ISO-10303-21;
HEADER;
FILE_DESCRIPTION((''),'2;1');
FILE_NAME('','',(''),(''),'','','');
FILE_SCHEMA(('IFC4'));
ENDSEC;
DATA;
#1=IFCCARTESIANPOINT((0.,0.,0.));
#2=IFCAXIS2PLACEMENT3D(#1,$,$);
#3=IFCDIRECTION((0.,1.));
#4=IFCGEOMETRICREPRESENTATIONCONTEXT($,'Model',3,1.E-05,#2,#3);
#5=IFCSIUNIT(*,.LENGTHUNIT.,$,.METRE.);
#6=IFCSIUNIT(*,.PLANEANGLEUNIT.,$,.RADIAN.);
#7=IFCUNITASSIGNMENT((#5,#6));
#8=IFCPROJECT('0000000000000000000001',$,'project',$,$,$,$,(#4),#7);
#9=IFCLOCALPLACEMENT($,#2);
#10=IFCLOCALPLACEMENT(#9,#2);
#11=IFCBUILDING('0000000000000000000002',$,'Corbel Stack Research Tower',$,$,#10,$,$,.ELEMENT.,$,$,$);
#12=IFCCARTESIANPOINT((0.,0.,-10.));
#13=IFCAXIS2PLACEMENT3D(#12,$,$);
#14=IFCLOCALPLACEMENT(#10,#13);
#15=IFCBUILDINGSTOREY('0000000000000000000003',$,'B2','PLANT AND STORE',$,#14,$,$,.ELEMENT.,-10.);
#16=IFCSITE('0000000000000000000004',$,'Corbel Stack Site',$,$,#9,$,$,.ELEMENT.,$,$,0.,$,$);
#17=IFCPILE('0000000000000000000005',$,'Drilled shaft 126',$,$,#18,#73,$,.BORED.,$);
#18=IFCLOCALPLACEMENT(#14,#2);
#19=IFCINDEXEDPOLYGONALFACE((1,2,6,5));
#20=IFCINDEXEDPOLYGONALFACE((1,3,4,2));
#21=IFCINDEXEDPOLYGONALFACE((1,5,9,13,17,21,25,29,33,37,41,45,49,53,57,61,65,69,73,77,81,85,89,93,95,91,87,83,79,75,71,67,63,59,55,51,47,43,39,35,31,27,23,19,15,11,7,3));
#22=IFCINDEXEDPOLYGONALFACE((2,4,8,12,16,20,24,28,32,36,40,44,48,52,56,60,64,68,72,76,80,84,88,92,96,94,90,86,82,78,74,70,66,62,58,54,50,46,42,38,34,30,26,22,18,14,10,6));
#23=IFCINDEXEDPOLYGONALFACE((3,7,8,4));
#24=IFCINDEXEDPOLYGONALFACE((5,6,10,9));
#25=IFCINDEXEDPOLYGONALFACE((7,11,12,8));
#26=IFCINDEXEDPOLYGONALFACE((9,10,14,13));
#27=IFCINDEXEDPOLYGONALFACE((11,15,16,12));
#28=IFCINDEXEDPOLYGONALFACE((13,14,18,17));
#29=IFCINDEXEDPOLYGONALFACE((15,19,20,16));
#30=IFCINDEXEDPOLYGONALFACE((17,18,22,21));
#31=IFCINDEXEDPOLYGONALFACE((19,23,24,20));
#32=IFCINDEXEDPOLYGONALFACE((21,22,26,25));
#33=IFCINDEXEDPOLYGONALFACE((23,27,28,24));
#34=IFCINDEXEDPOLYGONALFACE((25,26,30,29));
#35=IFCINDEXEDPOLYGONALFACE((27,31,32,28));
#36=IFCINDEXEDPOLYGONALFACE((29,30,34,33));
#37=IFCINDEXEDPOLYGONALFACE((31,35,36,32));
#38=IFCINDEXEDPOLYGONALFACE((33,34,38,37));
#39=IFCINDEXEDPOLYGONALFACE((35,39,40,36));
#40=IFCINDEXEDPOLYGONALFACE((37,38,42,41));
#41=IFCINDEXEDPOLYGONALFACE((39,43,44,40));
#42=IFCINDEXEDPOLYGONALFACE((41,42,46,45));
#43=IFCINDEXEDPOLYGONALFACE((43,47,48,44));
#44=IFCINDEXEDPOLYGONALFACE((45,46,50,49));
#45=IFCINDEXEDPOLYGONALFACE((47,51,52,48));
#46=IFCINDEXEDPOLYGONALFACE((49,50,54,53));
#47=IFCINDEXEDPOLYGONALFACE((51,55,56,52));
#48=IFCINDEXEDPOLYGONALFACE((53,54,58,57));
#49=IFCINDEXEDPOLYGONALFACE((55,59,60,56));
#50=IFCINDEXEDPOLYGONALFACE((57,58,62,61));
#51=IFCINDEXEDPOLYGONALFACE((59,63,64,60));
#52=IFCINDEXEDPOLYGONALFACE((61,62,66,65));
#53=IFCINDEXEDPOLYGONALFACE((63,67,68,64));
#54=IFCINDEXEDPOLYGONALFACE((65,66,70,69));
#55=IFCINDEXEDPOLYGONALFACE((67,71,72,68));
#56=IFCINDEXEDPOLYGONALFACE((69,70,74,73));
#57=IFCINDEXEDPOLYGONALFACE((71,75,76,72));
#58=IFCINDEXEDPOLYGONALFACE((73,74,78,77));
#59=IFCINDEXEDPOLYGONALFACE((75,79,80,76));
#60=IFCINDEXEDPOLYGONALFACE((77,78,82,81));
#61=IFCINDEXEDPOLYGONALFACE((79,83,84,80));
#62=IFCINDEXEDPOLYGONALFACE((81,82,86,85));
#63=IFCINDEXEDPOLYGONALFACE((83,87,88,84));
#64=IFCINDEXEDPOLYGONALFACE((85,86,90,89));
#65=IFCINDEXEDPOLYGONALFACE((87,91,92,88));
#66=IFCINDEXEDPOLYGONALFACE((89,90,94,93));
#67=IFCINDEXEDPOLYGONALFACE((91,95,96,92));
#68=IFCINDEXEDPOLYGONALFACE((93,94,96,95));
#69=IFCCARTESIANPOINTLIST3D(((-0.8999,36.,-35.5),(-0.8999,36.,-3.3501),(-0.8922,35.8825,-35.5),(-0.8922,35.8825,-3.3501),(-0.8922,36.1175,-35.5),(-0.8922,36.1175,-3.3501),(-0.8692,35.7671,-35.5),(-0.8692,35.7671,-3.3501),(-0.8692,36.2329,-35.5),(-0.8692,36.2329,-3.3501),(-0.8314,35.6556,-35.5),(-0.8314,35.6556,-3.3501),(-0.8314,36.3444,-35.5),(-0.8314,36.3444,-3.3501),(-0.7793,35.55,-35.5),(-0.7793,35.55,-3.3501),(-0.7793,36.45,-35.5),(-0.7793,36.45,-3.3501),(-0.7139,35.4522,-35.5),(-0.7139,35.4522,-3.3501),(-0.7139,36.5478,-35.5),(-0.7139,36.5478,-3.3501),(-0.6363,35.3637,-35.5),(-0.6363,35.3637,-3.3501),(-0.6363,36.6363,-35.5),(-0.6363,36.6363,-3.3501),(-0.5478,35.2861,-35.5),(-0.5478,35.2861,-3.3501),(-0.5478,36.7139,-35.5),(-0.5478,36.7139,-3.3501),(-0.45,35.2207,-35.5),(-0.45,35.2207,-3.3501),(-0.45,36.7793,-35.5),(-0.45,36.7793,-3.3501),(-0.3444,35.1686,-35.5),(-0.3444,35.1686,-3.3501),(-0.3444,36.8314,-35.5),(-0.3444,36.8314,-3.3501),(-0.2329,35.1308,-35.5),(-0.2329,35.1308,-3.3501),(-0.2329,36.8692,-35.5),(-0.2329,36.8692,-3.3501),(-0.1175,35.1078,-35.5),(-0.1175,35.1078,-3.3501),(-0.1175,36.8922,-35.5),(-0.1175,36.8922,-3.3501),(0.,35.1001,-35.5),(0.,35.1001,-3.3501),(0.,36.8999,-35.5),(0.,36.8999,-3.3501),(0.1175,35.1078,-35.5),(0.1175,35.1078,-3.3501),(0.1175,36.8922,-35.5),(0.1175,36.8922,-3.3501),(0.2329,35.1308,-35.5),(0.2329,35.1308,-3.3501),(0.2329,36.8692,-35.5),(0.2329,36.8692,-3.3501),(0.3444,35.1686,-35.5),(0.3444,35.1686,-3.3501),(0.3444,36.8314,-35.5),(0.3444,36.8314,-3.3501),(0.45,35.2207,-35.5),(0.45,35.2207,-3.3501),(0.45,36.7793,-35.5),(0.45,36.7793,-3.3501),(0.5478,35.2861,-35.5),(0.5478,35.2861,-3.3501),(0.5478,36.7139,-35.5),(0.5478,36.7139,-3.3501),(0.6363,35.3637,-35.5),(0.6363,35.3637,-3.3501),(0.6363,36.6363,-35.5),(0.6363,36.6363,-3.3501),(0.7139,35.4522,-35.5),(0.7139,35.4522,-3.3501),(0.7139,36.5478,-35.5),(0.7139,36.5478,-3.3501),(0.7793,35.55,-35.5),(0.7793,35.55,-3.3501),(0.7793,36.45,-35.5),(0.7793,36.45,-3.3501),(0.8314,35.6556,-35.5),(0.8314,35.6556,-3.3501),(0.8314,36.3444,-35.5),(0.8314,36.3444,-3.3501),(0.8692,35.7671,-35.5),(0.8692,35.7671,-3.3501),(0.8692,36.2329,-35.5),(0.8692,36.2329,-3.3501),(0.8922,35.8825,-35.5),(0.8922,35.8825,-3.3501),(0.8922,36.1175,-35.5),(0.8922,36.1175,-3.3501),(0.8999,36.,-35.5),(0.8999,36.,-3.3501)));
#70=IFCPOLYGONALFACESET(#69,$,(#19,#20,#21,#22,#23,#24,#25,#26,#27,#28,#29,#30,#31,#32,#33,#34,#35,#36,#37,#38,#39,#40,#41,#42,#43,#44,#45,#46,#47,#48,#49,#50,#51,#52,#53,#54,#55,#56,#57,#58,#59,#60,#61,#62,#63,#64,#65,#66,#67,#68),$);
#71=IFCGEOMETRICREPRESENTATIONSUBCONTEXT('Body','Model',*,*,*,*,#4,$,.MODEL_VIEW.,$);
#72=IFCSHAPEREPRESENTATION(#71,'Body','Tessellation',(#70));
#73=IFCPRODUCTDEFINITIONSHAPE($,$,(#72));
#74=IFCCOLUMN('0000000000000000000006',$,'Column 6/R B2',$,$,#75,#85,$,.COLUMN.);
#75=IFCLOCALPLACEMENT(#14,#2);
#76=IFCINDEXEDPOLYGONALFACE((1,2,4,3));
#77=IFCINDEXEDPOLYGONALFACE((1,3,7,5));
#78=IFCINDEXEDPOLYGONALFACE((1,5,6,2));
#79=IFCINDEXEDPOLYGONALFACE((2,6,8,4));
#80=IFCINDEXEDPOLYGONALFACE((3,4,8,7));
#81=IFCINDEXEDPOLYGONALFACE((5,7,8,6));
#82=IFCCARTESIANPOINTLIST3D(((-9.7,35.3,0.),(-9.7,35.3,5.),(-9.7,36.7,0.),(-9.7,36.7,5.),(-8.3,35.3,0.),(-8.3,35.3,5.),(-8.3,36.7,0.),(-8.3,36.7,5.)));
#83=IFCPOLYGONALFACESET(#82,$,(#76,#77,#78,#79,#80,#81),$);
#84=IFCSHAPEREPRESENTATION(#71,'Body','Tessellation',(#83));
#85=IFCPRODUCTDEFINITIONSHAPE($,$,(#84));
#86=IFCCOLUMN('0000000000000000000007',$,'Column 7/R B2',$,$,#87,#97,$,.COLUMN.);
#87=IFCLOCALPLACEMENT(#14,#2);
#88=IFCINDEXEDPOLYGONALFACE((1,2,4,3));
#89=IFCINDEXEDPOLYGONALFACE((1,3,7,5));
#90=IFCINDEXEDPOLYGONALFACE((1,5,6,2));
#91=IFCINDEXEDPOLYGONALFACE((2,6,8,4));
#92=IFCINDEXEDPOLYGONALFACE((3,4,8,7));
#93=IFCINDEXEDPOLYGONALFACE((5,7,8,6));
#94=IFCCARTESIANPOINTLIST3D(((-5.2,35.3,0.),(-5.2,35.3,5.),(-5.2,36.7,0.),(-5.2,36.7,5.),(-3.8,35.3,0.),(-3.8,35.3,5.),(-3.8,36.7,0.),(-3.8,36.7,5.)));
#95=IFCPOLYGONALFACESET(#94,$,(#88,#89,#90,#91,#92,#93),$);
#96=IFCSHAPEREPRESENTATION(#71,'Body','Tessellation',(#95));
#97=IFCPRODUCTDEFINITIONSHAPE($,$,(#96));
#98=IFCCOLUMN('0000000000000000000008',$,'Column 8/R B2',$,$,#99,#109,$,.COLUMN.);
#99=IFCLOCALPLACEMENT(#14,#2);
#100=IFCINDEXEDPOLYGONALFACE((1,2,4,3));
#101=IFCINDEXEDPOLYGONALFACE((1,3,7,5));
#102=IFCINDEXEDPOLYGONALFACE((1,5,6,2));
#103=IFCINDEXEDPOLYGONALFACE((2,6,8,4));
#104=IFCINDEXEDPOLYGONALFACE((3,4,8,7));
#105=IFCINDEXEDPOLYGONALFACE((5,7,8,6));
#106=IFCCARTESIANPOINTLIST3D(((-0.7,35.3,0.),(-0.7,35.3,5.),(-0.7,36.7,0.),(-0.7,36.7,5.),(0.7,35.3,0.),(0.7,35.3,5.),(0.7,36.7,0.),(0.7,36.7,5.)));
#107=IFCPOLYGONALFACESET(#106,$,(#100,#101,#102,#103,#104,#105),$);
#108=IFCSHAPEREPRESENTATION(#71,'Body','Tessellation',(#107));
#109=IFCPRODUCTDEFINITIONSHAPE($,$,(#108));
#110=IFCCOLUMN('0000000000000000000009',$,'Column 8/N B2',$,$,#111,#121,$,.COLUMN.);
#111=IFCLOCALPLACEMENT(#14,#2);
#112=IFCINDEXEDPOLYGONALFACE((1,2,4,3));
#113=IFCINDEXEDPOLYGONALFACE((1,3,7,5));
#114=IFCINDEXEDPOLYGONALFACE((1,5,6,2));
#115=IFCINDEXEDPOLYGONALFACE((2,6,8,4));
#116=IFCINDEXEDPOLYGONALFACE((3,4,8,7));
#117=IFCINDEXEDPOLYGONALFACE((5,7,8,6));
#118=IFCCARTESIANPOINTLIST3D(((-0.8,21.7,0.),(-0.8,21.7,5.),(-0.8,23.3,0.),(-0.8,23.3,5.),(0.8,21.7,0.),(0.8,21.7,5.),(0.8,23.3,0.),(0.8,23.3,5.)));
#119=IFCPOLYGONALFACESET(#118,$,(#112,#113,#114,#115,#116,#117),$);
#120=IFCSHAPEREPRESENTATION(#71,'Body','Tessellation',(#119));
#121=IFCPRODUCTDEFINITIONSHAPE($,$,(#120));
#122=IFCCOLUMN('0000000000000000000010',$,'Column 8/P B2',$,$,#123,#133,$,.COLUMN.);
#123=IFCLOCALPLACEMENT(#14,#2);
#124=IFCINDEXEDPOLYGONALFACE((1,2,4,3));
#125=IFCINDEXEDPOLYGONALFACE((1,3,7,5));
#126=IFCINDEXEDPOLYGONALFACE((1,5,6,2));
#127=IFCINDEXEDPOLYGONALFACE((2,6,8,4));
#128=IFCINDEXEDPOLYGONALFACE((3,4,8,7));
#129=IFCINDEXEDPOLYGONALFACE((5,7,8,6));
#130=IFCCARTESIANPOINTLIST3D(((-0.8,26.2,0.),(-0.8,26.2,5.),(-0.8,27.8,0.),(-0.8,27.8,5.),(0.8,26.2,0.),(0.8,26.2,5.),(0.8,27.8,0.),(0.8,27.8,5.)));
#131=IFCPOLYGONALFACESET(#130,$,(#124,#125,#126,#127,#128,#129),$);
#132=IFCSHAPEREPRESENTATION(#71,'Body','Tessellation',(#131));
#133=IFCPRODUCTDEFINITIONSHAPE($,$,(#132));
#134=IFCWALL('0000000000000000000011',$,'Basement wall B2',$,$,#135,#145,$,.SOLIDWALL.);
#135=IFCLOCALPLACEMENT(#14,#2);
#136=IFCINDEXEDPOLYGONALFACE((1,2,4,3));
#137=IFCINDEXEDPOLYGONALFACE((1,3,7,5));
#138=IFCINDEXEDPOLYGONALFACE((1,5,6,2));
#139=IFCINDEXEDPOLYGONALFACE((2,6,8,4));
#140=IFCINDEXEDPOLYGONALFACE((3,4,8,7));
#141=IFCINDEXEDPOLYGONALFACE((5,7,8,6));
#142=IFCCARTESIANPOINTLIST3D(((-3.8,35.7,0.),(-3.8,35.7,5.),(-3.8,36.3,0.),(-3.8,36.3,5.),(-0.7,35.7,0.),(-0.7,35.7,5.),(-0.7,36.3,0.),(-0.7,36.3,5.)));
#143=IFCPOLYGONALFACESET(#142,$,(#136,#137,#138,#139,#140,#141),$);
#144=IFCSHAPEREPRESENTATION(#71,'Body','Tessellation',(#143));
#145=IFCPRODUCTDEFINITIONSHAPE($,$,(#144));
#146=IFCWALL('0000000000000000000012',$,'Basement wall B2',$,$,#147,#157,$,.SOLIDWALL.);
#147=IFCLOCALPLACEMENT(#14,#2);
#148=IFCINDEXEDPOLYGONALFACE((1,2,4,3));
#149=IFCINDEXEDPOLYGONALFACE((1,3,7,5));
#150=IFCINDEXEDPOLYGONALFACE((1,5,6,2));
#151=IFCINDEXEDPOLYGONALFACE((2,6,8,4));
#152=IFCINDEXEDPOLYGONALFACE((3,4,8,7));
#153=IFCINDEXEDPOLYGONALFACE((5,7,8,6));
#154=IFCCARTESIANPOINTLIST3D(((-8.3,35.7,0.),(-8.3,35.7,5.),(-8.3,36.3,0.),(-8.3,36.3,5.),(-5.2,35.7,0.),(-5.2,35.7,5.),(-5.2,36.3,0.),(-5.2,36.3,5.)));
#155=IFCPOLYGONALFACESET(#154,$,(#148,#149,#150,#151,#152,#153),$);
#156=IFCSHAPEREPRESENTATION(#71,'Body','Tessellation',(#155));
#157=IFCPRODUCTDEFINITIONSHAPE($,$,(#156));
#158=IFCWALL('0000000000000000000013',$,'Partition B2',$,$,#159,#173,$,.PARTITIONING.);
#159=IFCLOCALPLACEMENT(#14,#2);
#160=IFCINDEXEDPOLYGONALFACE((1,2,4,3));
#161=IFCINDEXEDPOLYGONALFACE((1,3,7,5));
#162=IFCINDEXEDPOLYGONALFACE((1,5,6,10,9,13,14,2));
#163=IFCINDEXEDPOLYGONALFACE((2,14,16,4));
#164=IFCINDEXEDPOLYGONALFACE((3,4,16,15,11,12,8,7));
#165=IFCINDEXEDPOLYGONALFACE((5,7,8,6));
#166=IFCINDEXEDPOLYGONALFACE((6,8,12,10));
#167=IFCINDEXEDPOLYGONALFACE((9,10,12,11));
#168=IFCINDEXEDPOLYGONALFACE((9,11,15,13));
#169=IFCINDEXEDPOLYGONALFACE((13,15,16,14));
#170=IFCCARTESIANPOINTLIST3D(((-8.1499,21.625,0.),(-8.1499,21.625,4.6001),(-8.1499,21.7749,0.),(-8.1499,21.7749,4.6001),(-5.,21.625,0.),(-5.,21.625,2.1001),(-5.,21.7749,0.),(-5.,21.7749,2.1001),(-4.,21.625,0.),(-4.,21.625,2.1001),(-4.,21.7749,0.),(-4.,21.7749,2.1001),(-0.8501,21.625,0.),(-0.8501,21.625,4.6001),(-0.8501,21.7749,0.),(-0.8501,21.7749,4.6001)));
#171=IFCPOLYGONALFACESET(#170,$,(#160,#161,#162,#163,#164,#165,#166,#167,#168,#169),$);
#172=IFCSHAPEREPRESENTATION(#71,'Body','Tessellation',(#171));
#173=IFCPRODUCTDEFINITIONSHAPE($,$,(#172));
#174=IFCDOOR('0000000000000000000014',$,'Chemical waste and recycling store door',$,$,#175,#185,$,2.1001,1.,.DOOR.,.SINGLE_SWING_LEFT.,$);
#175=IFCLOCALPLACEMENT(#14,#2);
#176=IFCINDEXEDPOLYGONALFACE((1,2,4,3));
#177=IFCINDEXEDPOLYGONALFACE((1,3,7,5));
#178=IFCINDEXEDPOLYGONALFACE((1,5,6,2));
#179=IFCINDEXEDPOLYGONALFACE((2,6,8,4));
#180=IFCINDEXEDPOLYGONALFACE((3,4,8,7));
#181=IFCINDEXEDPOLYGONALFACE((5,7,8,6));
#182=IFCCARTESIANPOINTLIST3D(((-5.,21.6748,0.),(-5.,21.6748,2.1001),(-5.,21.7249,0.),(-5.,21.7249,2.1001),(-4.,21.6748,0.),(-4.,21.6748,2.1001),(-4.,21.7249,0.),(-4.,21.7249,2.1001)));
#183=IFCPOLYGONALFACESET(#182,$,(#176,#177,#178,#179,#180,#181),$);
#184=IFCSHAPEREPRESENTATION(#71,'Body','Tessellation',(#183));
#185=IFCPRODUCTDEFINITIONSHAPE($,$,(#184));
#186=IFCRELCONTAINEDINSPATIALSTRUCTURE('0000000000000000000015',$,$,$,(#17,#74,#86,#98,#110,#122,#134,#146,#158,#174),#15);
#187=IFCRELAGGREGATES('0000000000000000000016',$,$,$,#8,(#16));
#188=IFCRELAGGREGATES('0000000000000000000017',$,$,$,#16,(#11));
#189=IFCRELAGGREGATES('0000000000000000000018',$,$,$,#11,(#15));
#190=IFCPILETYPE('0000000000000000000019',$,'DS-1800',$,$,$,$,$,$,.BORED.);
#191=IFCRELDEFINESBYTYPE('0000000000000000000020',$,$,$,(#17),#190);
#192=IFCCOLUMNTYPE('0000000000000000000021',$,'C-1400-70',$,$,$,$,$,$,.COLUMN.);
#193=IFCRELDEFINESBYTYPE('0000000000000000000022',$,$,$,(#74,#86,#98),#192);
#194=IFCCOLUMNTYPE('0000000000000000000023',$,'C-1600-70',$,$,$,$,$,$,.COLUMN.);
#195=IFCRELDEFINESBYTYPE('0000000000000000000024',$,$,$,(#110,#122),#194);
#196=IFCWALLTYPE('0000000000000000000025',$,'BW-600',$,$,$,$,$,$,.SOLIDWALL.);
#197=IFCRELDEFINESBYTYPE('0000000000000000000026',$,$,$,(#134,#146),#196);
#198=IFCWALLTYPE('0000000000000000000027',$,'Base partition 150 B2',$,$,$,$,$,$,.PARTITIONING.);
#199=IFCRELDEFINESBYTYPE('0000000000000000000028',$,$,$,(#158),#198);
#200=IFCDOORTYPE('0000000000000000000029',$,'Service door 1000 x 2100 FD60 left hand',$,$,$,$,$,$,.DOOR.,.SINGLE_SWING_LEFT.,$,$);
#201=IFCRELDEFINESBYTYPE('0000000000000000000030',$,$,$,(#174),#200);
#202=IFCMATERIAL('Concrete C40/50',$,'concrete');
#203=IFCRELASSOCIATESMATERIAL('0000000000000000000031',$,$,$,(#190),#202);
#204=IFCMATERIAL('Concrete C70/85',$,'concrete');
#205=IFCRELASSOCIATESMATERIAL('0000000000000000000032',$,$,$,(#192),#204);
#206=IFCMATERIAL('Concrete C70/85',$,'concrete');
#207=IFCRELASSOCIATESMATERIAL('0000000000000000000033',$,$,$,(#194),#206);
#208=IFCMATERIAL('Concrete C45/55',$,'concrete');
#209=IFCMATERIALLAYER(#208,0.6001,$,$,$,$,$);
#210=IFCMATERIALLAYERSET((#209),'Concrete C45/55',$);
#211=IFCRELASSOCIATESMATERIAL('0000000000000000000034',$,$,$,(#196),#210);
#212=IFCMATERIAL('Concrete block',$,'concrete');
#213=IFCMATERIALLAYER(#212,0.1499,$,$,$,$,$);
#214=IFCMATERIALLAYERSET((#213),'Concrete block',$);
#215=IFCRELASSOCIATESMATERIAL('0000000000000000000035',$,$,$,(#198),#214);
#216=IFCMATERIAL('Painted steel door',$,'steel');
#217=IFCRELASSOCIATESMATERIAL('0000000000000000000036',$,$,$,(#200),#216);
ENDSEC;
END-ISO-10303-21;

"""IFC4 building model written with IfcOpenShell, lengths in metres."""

from ifc_helpers import new_model, si_unit, direction, frame, frame_2d, origin, origin_2d, place, context, subcontext, project, spatial, rectangle, circle, extrude, material, layer, layer_set, material_profile, profile_set, type_object, element, fill, save


model = new_model("IFC4")

# Units and contexts
model_context = context("Model", 3, precision=1e-05, world=origin(), true_north=direction((0.0, 1.0)))
body_context = subcontext(model_context, "Body", "Model", "MODEL_VIEW")
ifc_project = project(units=[si_unit("LENGTHUNIT", "METRE"), si_unit("PLANEANGLEUNIT", "RADIAN")], contexts=[model_context])

# Site, building, storey
site_placement = place(None, origin())
site = spatial("IfcSite", under=ifc_project, at=site_placement, Name="Corbel Stack Site", CompositionType="ELEMENT", RefElevation=0.0)
building_placement = place(site_placement, origin())
building = spatial("IfcBuilding", under=site, at=building_placement, Name="Corbel Stack Research Tower", CompositionType="ELEMENT")
storey_placement = place(building_placement, frame((0.0, 0.0, -10.0)))
storey = spatial("IfcBuildingStorey", under=building, at=storey_placement, Name="B2", Description="PLANT AND STORE", CompositionType="ELEMENT", Elevation=-10.0)

# Pile
ifc_material_1 = material(Name="Concrete C40/50", Category="concrete")
ifc_material_profile_1 = material_profile(ifc_material_1, circle(Radius=0.8999, at=origin_2d()), Name="Shaft 1800")
ifc_profile_set_1 = profile_set([ifc_material_profile_1], Name="Concrete C40/50")
pile_type = type_object("IfcPileType", Name="DS-1800", PredefinedType="BORED", material=ifc_profile_set_1)
for number, where, z_axis, x_axis, name in (
    (1, (0.0, 36.0, -3.3501), (0.0, 0.0, -1.0), (1.0, 0.0, 0.0), "Drilled shaft 126"),
):
    element("IfcPile", number, at=place(storey_placement, frame(where, z_axis=z_axis, x_axis=x_axis)), inside=storey, type_object=pile_type, Name=name, PredefinedType="BORED", context=body_context, shape_type="SweptSolid", body=[
        extrude(circle(Radius=0.8999, at=origin_2d()), origin(), (0.0, 0.0, 1.0), 32.1499),
    ])

# Columns
ifc_material_2 = material(Name="Concrete C70/85", Category="concrete")
ifc_material_profile_2 = material_profile(ifc_material_2, rectangle(XDim=1.3999, YDim=1.3999, at=origin_2d()), Name="RC 1400 x 1400")
ifc_profile_set_2 = profile_set([ifc_material_profile_2], Name="Concrete C70/85")
column_type_1 = type_object("IfcColumnType", Name="C-1400-70", PredefinedType="COLUMN", material=ifc_profile_set_2)
for number, where, z_axis, x_axis, name in (
    (2, (-9.0, 36.0, 0.0), (0.0, 0.0, 1.0), (1.0, 0.0, 0.0), "Column 6/R B2"),
    (3, (-4.5, 36.0, 0.0), (0.0, 0.0, 1.0), (1.0, 0.0, 0.0), "Column 7/R B2"),
    (4, (0.0, 36.0, 0.0), (0.0, 0.0, 1.0), (1.0, 0.0, 0.0), "Column 8/R B2"),
):
    element("IfcColumn", number, at=place(storey_placement, frame(where, z_axis=z_axis, x_axis=x_axis)), inside=storey, type_object=column_type_1, Name=name, PredefinedType="COLUMN", context=body_context, shape_type="SweptSolid", body=[
        extrude(rectangle(XDim=1.3999, YDim=1.3999, at=origin_2d()), origin(), (0.0, 0.0, 1.0), 5.0),
    ])
ifc_material_3 = material(Name="Concrete C70/85", Category="concrete")
ifc_material_profile_3 = material_profile(ifc_material_3, rectangle(XDim=1.6001, YDim=1.6001, at=origin_2d()), Name="RC 1600 x 1600")
ifc_profile_set_3 = profile_set([ifc_material_profile_3], Name="Concrete C70/85")
column_type_2 = type_object("IfcColumnType", Name="C-1600-70", PredefinedType="COLUMN", material=ifc_profile_set_3)
for number, where, z_axis, x_axis, name in (
    (5, (0.0, 22.5, 0.0), (0.0, 0.0, 1.0), (1.0, 0.0, 0.0), "Column 8/N B2"),
    (6, (0.0, 27.0, 0.0), (0.0, 0.0, 1.0), (1.0, 0.0, 0.0), "Column 8/P B2"),
):
    element("IfcColumn", number, at=place(storey_placement, frame(where, z_axis=z_axis, x_axis=x_axis)), inside=storey, type_object=column_type_2, Name=name, PredefinedType="COLUMN", context=body_context, shape_type="SweptSolid", body=[
        extrude(rectangle(XDim=1.6001, YDim=1.6001, at=origin_2d()), origin(), (0.0, 0.0, 1.0), 5.0),
    ])

# Walls
ifc_material_4 = material(Name="Concrete C45/55", Category="concrete")
ifc_layer_1 = layer(ifc_material_4, 0.6001)
ifc_layer_set_1 = layer_set([ifc_layer_1], Name="Concrete C45/55")
wall_type_1 = type_object("IfcWallType", Name="BW-600", PredefinedType="SOLIDWALL", material=ifc_layer_set_1)
for number, where, z_axis, x_axis, name in (
    (7, (-0.7, 36.0, 0.0), (0.0, 0.0, 1.0), (-1.0, 0.0, 0.0), "Basement wall B2"),
    (8, (-5.2, 36.0, 0.0), (0.0, 0.0, 1.0), (-1.0, 0.0, 0.0), "Basement wall B2"),
):
    element("IfcWall", number, at=place(storey_placement, frame(where, z_axis=z_axis, x_axis=x_axis)), inside=storey, type_object=wall_type_1, Name=name, PredefinedType="SOLIDWALL", context=body_context, shape_type="SweptSolid", body=[
        extrude(rectangle(XDim=3.1001, YDim=0.6001, at=frame_2d((1.55, 0.0))), origin(), (0.0, 0.0, 1.0), 5.0),
    ])

# Wall, opening, door
ifc_material_5 = material(Name="Concrete block", Category="concrete")
ifc_layer_2 = layer(ifc_material_5, 0.1499)
ifc_layer_set_2 = layer_set([ifc_layer_2], Name="Concrete block")
wall_type_2 = type_object("IfcWallType", Name="Base partition 150 B2", PredefinedType="PARTITIONING", material=ifc_layer_set_2)
wall_placement = place(storey_placement, frame((-8.1499, 21.7, 0.0), z_axis=(0.0, 0.0, 1.0), x_axis=(1.0, 0.0, 0.0)))
wall = element("IfcWall", 9, at=wall_placement, inside=storey, type_object=wall_type_2, Name="Partition B2", PredefinedType="PARTITIONING", context=body_context, shape_type="SweptSolid", body=[
    extrude(rectangle(XDim=7.2998, YDim=0.1499, at=frame_2d((3.6499, 0.0))), origin(), (0.0, 0.0, 1.0), 4.6001),
])
opening_placement = place(wall_placement, frame((3.1499, 0.0, 0.0)))
opening = element("IfcOpeningElement", 10, at=opening_placement, cuts=wall, PredefinedType="OPENING", context=body_context, shape_type="SweptSolid", body=[
    extrude(rectangle(XDim=1.0, YDim=2.1001, at=frame_2d((0.5, 1.05))), frame((0.0, 0.085, 0.0), z_axis=(0.0, -1.0, 0.0), x_axis=(1.0, 0.0, 0.0)), (0.0, 0.0, 1.0), 0.1699),
])
ifc_material_6 = material(Name="Painted steel door", Category="steel")
door_type = type_object("IfcDoorType", Name="Service door 1000 x 2100 FD60 left hand", OperationType="SINGLE_SWING_LEFT", PredefinedType="DOOR", material=ifc_material_6)
door_placement = place(opening_placement, origin())
door = element("IfcDoor", 11, at=door_placement, inside=storey, type_object=door_type, Name="Chemical waste and recycling store door", OperationType="SINGLE_SWING_LEFT", OverallHeight=2.1001, OverallWidth=1.0, PredefinedType="DOOR", context=body_context, shape_type="SweptSolid", body=[
    extrude(rectangle(XDim=1.0, YDim=2.1001, at=frame_2d((0.5, 1.05))), frame((0.0, 0.0249, 0.0), z_axis=(0.0, -1.0, 0.0), x_axis=(1.0, 0.0, 0.0)), (0.0, 0.0, 1.0), 0.05),
])
fill(opening, door)

save(model, "model.ifc")
